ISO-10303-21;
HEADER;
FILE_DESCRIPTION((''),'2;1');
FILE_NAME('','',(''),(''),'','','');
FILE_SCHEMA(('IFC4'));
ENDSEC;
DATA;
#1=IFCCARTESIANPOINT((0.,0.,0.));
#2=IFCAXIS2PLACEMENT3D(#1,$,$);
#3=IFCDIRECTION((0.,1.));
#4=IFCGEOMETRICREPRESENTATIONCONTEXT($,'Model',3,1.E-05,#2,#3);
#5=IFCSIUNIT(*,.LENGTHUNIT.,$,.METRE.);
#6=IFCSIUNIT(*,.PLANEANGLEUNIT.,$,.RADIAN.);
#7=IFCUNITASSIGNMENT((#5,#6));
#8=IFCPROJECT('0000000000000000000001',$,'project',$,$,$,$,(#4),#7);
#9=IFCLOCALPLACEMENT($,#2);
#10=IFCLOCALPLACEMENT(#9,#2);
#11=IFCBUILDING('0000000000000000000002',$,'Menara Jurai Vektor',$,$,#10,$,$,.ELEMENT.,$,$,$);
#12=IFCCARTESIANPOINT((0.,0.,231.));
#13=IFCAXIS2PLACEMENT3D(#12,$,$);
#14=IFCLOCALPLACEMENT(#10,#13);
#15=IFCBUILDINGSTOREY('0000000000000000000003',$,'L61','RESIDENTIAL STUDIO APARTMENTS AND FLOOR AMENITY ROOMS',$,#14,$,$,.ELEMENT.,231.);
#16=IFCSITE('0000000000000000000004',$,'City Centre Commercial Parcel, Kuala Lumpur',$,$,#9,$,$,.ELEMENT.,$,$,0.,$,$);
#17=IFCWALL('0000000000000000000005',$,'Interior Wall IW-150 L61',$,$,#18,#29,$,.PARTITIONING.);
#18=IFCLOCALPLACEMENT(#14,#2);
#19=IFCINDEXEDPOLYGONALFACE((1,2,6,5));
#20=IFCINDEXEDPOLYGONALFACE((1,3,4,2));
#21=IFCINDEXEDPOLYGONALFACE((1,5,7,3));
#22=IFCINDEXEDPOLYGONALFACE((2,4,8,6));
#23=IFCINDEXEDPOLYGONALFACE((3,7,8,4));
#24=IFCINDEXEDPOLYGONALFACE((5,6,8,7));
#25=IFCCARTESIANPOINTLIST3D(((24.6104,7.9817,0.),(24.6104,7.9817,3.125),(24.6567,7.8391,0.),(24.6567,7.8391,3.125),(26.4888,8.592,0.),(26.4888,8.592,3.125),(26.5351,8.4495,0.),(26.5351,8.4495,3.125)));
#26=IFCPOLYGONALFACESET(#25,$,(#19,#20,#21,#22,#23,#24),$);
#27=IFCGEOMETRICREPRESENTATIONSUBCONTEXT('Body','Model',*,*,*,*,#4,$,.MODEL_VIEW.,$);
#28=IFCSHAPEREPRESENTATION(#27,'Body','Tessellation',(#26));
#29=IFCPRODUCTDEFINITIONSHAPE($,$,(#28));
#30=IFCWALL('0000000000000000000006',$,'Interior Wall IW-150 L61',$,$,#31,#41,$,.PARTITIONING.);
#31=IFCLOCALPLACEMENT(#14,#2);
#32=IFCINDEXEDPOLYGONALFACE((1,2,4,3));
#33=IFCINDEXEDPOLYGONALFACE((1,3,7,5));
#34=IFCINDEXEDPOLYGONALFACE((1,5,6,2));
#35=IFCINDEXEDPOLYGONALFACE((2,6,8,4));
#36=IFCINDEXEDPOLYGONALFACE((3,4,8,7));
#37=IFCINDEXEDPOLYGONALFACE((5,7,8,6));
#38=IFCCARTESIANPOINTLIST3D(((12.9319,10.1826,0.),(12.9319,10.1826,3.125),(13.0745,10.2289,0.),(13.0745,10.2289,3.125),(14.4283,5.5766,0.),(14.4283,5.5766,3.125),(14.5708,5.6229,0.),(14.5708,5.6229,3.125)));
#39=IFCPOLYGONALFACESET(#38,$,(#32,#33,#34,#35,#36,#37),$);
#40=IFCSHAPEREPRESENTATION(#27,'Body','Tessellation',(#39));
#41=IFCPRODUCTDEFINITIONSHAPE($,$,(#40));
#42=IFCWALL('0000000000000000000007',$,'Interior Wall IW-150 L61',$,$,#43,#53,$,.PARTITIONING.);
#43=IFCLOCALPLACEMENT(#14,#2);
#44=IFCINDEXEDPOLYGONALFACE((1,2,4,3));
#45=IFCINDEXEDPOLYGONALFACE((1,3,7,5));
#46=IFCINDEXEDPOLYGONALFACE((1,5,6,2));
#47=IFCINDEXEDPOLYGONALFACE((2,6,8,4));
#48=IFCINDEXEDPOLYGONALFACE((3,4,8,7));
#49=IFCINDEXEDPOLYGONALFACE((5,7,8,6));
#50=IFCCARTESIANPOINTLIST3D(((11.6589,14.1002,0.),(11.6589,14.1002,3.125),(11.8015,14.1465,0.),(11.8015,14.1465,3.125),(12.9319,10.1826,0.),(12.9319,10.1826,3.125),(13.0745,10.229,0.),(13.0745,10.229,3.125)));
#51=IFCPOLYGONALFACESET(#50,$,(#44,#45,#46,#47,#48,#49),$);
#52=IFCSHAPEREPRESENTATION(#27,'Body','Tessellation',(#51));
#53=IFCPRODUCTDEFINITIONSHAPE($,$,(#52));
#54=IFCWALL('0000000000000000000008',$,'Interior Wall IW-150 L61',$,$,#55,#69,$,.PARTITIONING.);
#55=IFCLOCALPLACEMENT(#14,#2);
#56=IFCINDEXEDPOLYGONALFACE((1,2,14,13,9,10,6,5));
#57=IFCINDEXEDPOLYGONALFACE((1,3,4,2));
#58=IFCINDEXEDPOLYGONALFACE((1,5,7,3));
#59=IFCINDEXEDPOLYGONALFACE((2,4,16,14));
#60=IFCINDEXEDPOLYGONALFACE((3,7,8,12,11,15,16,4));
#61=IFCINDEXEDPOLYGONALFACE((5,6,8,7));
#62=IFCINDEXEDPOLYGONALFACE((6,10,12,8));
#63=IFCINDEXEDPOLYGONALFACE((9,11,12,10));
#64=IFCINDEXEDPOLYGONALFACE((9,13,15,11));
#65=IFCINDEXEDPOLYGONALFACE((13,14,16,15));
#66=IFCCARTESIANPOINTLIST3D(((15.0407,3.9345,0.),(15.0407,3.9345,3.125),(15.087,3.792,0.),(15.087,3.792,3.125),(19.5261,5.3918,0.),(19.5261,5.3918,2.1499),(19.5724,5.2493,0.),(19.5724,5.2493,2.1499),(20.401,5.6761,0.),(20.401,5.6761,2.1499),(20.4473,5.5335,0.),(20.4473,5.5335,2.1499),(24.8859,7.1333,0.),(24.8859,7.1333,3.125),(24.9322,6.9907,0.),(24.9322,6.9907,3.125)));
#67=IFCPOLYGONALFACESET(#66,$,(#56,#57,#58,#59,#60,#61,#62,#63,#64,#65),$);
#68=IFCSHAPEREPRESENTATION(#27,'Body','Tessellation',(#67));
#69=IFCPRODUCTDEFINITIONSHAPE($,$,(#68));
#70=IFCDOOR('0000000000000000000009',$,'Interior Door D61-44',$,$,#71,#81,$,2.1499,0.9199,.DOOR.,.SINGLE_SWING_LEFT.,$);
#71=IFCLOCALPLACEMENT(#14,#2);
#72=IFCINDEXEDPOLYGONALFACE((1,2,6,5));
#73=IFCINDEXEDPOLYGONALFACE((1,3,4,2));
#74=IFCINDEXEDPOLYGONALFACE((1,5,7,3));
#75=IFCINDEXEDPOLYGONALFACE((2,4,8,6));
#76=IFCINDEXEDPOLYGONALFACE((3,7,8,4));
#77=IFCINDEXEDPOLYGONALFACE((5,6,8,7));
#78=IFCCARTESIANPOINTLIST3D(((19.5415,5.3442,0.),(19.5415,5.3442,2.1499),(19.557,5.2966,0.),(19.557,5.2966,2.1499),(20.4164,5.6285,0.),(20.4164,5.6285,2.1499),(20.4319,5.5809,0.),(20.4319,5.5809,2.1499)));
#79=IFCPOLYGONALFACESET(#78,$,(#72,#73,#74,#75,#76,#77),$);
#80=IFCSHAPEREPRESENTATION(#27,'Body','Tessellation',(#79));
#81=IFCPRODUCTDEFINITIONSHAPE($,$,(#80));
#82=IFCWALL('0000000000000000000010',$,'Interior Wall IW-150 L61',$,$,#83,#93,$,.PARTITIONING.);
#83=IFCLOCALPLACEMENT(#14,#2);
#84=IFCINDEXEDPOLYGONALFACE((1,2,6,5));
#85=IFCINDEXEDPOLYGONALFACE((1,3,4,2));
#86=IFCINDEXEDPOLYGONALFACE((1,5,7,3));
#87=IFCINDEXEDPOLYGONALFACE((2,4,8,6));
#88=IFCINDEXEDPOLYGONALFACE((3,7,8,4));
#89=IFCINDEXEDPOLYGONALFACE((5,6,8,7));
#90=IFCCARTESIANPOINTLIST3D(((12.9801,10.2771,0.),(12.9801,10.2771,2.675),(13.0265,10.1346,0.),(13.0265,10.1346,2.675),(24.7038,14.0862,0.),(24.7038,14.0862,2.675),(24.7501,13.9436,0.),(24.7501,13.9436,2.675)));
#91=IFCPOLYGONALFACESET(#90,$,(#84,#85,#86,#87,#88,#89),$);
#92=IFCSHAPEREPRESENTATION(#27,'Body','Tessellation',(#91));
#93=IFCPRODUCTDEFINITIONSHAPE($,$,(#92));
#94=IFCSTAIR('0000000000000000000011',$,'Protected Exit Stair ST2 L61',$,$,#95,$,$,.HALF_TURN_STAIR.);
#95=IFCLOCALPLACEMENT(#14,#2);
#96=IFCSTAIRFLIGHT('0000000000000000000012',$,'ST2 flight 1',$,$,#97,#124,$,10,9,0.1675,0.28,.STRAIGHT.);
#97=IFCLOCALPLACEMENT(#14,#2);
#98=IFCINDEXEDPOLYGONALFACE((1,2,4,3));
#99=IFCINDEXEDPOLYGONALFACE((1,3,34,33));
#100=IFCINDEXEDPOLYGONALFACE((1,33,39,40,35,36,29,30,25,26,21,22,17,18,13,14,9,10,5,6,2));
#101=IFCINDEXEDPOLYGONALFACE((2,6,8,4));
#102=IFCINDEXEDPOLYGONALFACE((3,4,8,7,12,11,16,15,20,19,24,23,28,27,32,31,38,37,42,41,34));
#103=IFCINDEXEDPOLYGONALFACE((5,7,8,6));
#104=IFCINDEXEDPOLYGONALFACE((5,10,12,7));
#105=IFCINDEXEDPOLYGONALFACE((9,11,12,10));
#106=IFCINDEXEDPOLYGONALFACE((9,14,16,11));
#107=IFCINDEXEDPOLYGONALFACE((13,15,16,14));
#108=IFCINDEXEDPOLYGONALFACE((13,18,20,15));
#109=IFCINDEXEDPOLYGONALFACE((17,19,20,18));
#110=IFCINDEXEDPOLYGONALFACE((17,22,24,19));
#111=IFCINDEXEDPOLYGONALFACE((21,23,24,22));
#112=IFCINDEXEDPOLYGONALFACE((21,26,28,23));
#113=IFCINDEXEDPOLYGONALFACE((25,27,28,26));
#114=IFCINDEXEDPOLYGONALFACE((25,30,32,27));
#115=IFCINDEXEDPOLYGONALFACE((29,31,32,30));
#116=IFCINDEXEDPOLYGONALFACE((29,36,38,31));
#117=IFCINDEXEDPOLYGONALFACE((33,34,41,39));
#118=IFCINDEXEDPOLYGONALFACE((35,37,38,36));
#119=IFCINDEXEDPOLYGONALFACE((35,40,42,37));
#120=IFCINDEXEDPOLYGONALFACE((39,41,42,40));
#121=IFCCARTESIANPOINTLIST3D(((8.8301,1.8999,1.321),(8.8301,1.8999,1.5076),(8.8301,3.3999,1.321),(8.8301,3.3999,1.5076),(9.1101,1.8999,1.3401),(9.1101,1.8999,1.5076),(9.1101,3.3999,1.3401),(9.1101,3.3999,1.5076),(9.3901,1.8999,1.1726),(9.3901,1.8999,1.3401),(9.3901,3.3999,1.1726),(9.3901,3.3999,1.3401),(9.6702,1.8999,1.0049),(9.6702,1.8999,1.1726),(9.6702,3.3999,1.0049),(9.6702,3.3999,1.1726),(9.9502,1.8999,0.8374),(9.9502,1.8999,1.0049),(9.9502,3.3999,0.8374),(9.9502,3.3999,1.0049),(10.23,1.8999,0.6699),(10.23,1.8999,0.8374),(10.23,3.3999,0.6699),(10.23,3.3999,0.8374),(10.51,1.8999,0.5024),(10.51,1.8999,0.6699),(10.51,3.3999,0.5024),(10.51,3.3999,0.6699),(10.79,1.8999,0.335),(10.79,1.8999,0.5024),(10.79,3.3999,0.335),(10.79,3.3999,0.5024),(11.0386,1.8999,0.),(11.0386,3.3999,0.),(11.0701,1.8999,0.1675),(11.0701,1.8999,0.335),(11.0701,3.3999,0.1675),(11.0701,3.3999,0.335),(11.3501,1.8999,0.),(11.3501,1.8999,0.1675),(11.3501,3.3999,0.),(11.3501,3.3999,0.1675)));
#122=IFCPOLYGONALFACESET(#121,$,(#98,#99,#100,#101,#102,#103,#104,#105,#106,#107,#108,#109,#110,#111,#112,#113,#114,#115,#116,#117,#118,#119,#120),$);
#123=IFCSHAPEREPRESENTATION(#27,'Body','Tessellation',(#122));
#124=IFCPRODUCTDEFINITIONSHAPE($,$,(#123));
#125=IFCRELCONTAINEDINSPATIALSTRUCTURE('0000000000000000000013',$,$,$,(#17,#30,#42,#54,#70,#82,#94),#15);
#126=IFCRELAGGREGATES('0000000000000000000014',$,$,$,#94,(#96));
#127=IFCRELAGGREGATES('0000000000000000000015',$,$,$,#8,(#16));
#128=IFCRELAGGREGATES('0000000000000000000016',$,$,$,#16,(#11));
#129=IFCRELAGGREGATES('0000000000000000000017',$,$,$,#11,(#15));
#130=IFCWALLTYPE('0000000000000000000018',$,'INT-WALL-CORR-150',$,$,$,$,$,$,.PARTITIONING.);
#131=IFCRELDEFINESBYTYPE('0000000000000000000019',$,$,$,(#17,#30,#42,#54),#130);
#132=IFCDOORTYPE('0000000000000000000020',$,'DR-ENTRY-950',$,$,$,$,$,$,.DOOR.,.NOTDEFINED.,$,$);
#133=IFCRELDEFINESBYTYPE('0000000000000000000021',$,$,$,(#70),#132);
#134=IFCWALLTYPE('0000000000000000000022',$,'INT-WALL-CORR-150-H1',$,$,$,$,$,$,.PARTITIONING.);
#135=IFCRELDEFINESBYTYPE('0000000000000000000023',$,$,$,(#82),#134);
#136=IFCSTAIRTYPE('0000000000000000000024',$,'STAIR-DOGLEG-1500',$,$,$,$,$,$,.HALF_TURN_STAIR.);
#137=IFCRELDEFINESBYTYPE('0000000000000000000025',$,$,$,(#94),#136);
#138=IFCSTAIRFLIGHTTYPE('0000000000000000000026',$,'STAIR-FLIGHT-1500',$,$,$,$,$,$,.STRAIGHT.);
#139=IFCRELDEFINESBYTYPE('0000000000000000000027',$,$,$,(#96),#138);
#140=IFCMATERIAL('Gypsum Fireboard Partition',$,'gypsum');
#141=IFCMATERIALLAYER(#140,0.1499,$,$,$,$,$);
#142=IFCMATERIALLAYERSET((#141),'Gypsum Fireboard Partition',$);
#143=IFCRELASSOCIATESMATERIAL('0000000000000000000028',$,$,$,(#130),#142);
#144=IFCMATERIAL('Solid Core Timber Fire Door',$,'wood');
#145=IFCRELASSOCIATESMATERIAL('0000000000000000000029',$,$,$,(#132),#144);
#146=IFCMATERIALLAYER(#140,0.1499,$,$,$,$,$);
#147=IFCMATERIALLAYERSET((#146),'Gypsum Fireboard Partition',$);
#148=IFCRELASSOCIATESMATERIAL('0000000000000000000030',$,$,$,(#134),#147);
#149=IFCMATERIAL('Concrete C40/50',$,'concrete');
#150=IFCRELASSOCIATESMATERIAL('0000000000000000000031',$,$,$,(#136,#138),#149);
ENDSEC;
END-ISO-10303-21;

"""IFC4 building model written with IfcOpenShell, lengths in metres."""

from ifc_helpers import new_model, si_unit, direction, frame, frame_2d, origin, place, context, subcontext, project, spatial, polyline, rectangle, outline, extrude, material, layer, layer_set, type_object, element, fill, aggregate, save


model = new_model("IFC4")

# Units and contexts
model_context = context("Model", 3, precision=1e-05, world=origin(), true_north=direction((0.0, 1.0)))
body_context = subcontext(model_context, "Body", "Model", "MODEL_VIEW")
ifc_project = project(units=[si_unit("LENGTHUNIT", "METRE"), si_unit("PLANEANGLEUNIT", "RADIAN")], contexts=[model_context])

# Site, building, storey
site_placement = place(None, origin())
site = spatial("IfcSite", under=ifc_project, at=site_placement, Name="City Centre Commercial Parcel, Kuala Lumpur", CompositionType="ELEMENT", RefElevation=0.0)
building_placement = place(site_placement, origin())
building = spatial("IfcBuilding", under=site, at=building_placement, Name="Menara Jurai Vektor", CompositionType="ELEMENT")
storey_placement = place(building_placement, frame((0.0, 0.0, 231.0)))
storey = spatial("IfcBuildingStorey", under=building, at=storey_placement, Name="L61", Description="RESIDENTIAL STUDIO APARTMENTS AND FLOOR AMENITY ROOMS", CompositionType="ELEMENT", Elevation=231.0)

# Shared definitions
ifc_material_1 = material(Name="Concrete C40/50", Category="concrete")

# Walls
ifc_material_2 = material(Name="Gypsum Fireboard Partition", Category="gypsum")
ifc_layer_1 = layer(ifc_material_2, 0.1499)
ifc_layer_set_1 = layer_set([ifc_layer_1], Name="Gypsum Fireboard Partition")
wall_type_1 = type_object("IfcWallType", Name="INT-WALL-CORR-150", PredefinedType="PARTITIONING", material=ifc_layer_set_1)
wall_1_placement = place(storey_placement, frame((24.6335, 7.9104, 0.0), z_axis=(0.0, 0.0, 1.0), x_axis=(0.951054, 0.309025, 0.0)))
element("IfcWall", 1, at=wall_1_placement, inside=storey, type_object=wall_type_1, Name="Interior Wall IW-150 L61", PredefinedType="PARTITIONING", context=body_context, shape_type="SweptSolid", body=[
    extrude(rectangle(XDim=1.9751, YDim=0.1499, at=frame_2d((0.9875, 0.0))), origin(), (0.0, 0.0, 1.0), 3.125),
])
wall_2_placement = place(storey_placement, frame((14.4995, 5.5999, 0.0), z_axis=(0.0, 0.0, 1.0), x_axis=(-0.308974, 0.95107, 0.0)))
element("IfcWall", 2, at=wall_2_placement, inside=storey, type_object=wall_type_1, Name="Interior Wall IW-150 L61", PredefinedType="PARTITIONING", context=body_context, shape_type="SweptSolid", body=[
    extrude(rectangle(XDim=4.843, YDim=0.1499, at=frame_2d((2.4214, 0.0))), origin(), (0.0, 0.0, 1.0), 3.125),
])
wall_3_placement = place(storey_placement, frame((13.0032, 10.2058, 0.0), z_axis=(0.0, 0.0, 1.0), x_axis=(-0.309035, 0.951051, 0.0)))
element("IfcWall", 3, at=wall_3_placement, inside=storey, type_object=wall_type_1, Name="Interior Wall IW-150 L61", PredefinedType="PARTITIONING", context=body_context, shape_type="SweptSolid", body=[
    extrude(rectangle(XDim=4.1191, YDim=0.1499, at=frame_2d((2.0596, 0.0))), origin(), (0.0, 0.0, 1.0), 3.125),
])

# Wall, opening, door
wall_4_placement = place(storey_placement, frame((15.064, 3.8633, 0.0), z_axis=(0.0, 0.0, 1.0), x_axis=(0.951061, 0.309002, 0.0)))
wall_4 = element("IfcWall", 4, at=wall_4_placement, inside=storey, type_object=wall_type_1, Name="Interior Wall IW-150 L61", PredefinedType="PARTITIONING", context=body_context, shape_type="SweptSolid", body=[
    extrude(rectangle(XDim=10.3518, YDim=0.1499, at=frame_2d((5.1758, 0.0))), origin(), (0.0, 0.0, 1.0), 3.125),
])
opening_1_placement = place(wall_4_placement, frame((4.7161, 0.0, 0.0)))
opening_1 = element("IfcOpeningElement", 5, at=opening_1_placement, cuts=wall_4, PredefinedType="OPENING", context=body_context, shape_type="SweptSolid", body=[
    extrude(rectangle(XDim=0.9199, YDim=2.1499, at=frame_2d((0.46, 1.075))), frame((0.0, 0.085, 0.0), z_axis=(0.0, -1.0, 0.0), x_axis=(1.0, 0.0, 0.0)), (0.0, 0.0, 1.0), 0.1699),
])
ifc_material_3 = material(Name="Solid Core Timber Fire Door", Category="wood")
door_type_1 = type_object("IfcDoorType", Name="DR-ENTRY-950", OperationType="NOTDEFINED", PredefinedType="DOOR", material=ifc_material_3)
door_1_placement = place(opening_1_placement, origin())
door_1 = element("IfcDoor", 6, at=door_1_placement, inside=storey, type_object=door_type_1, Name="Interior Door D61-44", OperationType="SINGLE_SWING_LEFT", OverallHeight=2.1499, OverallWidth=0.9199, PredefinedType="DOOR", context=body_context, shape_type="SweptSolid", body=[
    extrude(rectangle(XDim=0.9199, YDim=2.1499, at=frame_2d((0.46, 1.075))), frame((0.0, 0.0249, 0.0), z_axis=(0.0, -1.0, 0.0), x_axis=(1.0, 0.0, 0.0)), (0.0, 0.0, 1.0), 0.05),
])
fill(opening_1, door_1)

# Wall
ifc_layer_2 = layer(ifc_material_2, 0.1499)
ifc_layer_set_2 = layer_set([ifc_layer_2], Name="Gypsum Fireboard Partition")
wall_type_2 = type_object("IfcWallType", Name="INT-WALL-CORR-150-H1", PredefinedType="PARTITIONING", material=ifc_layer_set_2)
wall_5_placement = place(storey_placement, frame((13.0032, 10.2058, 0.0), z_axis=(0.0, 0.0, 1.0), x_axis=(0.95106, 0.309005, 0.0)))
element("IfcWall", 7, at=wall_5_placement, inside=storey, type_object=wall_type_2, Name="Interior Wall IW-150 L61", PredefinedType="PARTITIONING", context=body_context, shape_type="SweptSolid", body=[
    extrude(rectangle(XDim=12.3269, YDim=0.1499, at=frame_2d((6.1636, 0.0))), origin(), (0.0, 0.0, 1.0), 2.675),
])

# Stair, stair flight
stair_type = type_object("IfcStairType", Name="STAIR-DOGLEG-1500", PredefinedType="HALF_TURN_STAIR", material=ifc_material_1)
stair_placement = place(storey_placement, origin())
stair = element("IfcStair", 8, at=stair_placement, inside=storey, type_object=stair_type, Name="Protected Exit Stair ST2 L61", PredefinedType="HALF_TURN_STAIR")
stair_flight_type = type_object("IfcStairFlightType", Name="STAIR-FLIGHT-1500", PredefinedType="STRAIGHT", material=ifc_material_1)
stair_flight_placement = place(storey_placement, frame((11.3501, 2.6499, 0.0), z_axis=(0.0, 0.0, 1.0), x_axis=(-1.0, 0.0, 0.0)))
stair_flight = element("IfcStairFlight", 9, at=stair_flight_placement, type_object=stair_flight_type, Name="ST2 flight 1", NumberOfRisers=10, NumberOfTreads=9, PredefinedType="STRAIGHT", RiserHeight=0.1675, TreadLength=0.28, context=body_context, shape_type="SweptSolid", body=[
    extrude(outline(polyline([(0.0, 0.0), (0.0, 0.1675), (0.28, 0.1675), (0.28, 0.335), (0.5601, 0.335), (0.5601, 0.5024), (0.8401, 0.5024), (0.8401, 0.6699), (1.1201, 0.6699), (1.1201, 0.8374), (1.3999, 0.8374), (1.3999, 1.0049), (1.6799, 1.0049), (1.6799, 1.1726), (1.96, 1.1726), (1.96, 1.3401), (2.24, 1.3401), (2.24, 1.5076), (2.52, 1.5076), (2.52, 1.675), (2.52, 1.321), (0.3115, 0.0), (0.0, 0.0)])), frame((0.0, 0.75, 0.0), z_axis=(0.0, -1.0, 0.0), x_axis=(1.0, 0.0, 0.0)), (0.0, 0.0, 1.0), 1.5),
])
aggregate(stair, [stair_flight])

save(model, "model.ifc")
